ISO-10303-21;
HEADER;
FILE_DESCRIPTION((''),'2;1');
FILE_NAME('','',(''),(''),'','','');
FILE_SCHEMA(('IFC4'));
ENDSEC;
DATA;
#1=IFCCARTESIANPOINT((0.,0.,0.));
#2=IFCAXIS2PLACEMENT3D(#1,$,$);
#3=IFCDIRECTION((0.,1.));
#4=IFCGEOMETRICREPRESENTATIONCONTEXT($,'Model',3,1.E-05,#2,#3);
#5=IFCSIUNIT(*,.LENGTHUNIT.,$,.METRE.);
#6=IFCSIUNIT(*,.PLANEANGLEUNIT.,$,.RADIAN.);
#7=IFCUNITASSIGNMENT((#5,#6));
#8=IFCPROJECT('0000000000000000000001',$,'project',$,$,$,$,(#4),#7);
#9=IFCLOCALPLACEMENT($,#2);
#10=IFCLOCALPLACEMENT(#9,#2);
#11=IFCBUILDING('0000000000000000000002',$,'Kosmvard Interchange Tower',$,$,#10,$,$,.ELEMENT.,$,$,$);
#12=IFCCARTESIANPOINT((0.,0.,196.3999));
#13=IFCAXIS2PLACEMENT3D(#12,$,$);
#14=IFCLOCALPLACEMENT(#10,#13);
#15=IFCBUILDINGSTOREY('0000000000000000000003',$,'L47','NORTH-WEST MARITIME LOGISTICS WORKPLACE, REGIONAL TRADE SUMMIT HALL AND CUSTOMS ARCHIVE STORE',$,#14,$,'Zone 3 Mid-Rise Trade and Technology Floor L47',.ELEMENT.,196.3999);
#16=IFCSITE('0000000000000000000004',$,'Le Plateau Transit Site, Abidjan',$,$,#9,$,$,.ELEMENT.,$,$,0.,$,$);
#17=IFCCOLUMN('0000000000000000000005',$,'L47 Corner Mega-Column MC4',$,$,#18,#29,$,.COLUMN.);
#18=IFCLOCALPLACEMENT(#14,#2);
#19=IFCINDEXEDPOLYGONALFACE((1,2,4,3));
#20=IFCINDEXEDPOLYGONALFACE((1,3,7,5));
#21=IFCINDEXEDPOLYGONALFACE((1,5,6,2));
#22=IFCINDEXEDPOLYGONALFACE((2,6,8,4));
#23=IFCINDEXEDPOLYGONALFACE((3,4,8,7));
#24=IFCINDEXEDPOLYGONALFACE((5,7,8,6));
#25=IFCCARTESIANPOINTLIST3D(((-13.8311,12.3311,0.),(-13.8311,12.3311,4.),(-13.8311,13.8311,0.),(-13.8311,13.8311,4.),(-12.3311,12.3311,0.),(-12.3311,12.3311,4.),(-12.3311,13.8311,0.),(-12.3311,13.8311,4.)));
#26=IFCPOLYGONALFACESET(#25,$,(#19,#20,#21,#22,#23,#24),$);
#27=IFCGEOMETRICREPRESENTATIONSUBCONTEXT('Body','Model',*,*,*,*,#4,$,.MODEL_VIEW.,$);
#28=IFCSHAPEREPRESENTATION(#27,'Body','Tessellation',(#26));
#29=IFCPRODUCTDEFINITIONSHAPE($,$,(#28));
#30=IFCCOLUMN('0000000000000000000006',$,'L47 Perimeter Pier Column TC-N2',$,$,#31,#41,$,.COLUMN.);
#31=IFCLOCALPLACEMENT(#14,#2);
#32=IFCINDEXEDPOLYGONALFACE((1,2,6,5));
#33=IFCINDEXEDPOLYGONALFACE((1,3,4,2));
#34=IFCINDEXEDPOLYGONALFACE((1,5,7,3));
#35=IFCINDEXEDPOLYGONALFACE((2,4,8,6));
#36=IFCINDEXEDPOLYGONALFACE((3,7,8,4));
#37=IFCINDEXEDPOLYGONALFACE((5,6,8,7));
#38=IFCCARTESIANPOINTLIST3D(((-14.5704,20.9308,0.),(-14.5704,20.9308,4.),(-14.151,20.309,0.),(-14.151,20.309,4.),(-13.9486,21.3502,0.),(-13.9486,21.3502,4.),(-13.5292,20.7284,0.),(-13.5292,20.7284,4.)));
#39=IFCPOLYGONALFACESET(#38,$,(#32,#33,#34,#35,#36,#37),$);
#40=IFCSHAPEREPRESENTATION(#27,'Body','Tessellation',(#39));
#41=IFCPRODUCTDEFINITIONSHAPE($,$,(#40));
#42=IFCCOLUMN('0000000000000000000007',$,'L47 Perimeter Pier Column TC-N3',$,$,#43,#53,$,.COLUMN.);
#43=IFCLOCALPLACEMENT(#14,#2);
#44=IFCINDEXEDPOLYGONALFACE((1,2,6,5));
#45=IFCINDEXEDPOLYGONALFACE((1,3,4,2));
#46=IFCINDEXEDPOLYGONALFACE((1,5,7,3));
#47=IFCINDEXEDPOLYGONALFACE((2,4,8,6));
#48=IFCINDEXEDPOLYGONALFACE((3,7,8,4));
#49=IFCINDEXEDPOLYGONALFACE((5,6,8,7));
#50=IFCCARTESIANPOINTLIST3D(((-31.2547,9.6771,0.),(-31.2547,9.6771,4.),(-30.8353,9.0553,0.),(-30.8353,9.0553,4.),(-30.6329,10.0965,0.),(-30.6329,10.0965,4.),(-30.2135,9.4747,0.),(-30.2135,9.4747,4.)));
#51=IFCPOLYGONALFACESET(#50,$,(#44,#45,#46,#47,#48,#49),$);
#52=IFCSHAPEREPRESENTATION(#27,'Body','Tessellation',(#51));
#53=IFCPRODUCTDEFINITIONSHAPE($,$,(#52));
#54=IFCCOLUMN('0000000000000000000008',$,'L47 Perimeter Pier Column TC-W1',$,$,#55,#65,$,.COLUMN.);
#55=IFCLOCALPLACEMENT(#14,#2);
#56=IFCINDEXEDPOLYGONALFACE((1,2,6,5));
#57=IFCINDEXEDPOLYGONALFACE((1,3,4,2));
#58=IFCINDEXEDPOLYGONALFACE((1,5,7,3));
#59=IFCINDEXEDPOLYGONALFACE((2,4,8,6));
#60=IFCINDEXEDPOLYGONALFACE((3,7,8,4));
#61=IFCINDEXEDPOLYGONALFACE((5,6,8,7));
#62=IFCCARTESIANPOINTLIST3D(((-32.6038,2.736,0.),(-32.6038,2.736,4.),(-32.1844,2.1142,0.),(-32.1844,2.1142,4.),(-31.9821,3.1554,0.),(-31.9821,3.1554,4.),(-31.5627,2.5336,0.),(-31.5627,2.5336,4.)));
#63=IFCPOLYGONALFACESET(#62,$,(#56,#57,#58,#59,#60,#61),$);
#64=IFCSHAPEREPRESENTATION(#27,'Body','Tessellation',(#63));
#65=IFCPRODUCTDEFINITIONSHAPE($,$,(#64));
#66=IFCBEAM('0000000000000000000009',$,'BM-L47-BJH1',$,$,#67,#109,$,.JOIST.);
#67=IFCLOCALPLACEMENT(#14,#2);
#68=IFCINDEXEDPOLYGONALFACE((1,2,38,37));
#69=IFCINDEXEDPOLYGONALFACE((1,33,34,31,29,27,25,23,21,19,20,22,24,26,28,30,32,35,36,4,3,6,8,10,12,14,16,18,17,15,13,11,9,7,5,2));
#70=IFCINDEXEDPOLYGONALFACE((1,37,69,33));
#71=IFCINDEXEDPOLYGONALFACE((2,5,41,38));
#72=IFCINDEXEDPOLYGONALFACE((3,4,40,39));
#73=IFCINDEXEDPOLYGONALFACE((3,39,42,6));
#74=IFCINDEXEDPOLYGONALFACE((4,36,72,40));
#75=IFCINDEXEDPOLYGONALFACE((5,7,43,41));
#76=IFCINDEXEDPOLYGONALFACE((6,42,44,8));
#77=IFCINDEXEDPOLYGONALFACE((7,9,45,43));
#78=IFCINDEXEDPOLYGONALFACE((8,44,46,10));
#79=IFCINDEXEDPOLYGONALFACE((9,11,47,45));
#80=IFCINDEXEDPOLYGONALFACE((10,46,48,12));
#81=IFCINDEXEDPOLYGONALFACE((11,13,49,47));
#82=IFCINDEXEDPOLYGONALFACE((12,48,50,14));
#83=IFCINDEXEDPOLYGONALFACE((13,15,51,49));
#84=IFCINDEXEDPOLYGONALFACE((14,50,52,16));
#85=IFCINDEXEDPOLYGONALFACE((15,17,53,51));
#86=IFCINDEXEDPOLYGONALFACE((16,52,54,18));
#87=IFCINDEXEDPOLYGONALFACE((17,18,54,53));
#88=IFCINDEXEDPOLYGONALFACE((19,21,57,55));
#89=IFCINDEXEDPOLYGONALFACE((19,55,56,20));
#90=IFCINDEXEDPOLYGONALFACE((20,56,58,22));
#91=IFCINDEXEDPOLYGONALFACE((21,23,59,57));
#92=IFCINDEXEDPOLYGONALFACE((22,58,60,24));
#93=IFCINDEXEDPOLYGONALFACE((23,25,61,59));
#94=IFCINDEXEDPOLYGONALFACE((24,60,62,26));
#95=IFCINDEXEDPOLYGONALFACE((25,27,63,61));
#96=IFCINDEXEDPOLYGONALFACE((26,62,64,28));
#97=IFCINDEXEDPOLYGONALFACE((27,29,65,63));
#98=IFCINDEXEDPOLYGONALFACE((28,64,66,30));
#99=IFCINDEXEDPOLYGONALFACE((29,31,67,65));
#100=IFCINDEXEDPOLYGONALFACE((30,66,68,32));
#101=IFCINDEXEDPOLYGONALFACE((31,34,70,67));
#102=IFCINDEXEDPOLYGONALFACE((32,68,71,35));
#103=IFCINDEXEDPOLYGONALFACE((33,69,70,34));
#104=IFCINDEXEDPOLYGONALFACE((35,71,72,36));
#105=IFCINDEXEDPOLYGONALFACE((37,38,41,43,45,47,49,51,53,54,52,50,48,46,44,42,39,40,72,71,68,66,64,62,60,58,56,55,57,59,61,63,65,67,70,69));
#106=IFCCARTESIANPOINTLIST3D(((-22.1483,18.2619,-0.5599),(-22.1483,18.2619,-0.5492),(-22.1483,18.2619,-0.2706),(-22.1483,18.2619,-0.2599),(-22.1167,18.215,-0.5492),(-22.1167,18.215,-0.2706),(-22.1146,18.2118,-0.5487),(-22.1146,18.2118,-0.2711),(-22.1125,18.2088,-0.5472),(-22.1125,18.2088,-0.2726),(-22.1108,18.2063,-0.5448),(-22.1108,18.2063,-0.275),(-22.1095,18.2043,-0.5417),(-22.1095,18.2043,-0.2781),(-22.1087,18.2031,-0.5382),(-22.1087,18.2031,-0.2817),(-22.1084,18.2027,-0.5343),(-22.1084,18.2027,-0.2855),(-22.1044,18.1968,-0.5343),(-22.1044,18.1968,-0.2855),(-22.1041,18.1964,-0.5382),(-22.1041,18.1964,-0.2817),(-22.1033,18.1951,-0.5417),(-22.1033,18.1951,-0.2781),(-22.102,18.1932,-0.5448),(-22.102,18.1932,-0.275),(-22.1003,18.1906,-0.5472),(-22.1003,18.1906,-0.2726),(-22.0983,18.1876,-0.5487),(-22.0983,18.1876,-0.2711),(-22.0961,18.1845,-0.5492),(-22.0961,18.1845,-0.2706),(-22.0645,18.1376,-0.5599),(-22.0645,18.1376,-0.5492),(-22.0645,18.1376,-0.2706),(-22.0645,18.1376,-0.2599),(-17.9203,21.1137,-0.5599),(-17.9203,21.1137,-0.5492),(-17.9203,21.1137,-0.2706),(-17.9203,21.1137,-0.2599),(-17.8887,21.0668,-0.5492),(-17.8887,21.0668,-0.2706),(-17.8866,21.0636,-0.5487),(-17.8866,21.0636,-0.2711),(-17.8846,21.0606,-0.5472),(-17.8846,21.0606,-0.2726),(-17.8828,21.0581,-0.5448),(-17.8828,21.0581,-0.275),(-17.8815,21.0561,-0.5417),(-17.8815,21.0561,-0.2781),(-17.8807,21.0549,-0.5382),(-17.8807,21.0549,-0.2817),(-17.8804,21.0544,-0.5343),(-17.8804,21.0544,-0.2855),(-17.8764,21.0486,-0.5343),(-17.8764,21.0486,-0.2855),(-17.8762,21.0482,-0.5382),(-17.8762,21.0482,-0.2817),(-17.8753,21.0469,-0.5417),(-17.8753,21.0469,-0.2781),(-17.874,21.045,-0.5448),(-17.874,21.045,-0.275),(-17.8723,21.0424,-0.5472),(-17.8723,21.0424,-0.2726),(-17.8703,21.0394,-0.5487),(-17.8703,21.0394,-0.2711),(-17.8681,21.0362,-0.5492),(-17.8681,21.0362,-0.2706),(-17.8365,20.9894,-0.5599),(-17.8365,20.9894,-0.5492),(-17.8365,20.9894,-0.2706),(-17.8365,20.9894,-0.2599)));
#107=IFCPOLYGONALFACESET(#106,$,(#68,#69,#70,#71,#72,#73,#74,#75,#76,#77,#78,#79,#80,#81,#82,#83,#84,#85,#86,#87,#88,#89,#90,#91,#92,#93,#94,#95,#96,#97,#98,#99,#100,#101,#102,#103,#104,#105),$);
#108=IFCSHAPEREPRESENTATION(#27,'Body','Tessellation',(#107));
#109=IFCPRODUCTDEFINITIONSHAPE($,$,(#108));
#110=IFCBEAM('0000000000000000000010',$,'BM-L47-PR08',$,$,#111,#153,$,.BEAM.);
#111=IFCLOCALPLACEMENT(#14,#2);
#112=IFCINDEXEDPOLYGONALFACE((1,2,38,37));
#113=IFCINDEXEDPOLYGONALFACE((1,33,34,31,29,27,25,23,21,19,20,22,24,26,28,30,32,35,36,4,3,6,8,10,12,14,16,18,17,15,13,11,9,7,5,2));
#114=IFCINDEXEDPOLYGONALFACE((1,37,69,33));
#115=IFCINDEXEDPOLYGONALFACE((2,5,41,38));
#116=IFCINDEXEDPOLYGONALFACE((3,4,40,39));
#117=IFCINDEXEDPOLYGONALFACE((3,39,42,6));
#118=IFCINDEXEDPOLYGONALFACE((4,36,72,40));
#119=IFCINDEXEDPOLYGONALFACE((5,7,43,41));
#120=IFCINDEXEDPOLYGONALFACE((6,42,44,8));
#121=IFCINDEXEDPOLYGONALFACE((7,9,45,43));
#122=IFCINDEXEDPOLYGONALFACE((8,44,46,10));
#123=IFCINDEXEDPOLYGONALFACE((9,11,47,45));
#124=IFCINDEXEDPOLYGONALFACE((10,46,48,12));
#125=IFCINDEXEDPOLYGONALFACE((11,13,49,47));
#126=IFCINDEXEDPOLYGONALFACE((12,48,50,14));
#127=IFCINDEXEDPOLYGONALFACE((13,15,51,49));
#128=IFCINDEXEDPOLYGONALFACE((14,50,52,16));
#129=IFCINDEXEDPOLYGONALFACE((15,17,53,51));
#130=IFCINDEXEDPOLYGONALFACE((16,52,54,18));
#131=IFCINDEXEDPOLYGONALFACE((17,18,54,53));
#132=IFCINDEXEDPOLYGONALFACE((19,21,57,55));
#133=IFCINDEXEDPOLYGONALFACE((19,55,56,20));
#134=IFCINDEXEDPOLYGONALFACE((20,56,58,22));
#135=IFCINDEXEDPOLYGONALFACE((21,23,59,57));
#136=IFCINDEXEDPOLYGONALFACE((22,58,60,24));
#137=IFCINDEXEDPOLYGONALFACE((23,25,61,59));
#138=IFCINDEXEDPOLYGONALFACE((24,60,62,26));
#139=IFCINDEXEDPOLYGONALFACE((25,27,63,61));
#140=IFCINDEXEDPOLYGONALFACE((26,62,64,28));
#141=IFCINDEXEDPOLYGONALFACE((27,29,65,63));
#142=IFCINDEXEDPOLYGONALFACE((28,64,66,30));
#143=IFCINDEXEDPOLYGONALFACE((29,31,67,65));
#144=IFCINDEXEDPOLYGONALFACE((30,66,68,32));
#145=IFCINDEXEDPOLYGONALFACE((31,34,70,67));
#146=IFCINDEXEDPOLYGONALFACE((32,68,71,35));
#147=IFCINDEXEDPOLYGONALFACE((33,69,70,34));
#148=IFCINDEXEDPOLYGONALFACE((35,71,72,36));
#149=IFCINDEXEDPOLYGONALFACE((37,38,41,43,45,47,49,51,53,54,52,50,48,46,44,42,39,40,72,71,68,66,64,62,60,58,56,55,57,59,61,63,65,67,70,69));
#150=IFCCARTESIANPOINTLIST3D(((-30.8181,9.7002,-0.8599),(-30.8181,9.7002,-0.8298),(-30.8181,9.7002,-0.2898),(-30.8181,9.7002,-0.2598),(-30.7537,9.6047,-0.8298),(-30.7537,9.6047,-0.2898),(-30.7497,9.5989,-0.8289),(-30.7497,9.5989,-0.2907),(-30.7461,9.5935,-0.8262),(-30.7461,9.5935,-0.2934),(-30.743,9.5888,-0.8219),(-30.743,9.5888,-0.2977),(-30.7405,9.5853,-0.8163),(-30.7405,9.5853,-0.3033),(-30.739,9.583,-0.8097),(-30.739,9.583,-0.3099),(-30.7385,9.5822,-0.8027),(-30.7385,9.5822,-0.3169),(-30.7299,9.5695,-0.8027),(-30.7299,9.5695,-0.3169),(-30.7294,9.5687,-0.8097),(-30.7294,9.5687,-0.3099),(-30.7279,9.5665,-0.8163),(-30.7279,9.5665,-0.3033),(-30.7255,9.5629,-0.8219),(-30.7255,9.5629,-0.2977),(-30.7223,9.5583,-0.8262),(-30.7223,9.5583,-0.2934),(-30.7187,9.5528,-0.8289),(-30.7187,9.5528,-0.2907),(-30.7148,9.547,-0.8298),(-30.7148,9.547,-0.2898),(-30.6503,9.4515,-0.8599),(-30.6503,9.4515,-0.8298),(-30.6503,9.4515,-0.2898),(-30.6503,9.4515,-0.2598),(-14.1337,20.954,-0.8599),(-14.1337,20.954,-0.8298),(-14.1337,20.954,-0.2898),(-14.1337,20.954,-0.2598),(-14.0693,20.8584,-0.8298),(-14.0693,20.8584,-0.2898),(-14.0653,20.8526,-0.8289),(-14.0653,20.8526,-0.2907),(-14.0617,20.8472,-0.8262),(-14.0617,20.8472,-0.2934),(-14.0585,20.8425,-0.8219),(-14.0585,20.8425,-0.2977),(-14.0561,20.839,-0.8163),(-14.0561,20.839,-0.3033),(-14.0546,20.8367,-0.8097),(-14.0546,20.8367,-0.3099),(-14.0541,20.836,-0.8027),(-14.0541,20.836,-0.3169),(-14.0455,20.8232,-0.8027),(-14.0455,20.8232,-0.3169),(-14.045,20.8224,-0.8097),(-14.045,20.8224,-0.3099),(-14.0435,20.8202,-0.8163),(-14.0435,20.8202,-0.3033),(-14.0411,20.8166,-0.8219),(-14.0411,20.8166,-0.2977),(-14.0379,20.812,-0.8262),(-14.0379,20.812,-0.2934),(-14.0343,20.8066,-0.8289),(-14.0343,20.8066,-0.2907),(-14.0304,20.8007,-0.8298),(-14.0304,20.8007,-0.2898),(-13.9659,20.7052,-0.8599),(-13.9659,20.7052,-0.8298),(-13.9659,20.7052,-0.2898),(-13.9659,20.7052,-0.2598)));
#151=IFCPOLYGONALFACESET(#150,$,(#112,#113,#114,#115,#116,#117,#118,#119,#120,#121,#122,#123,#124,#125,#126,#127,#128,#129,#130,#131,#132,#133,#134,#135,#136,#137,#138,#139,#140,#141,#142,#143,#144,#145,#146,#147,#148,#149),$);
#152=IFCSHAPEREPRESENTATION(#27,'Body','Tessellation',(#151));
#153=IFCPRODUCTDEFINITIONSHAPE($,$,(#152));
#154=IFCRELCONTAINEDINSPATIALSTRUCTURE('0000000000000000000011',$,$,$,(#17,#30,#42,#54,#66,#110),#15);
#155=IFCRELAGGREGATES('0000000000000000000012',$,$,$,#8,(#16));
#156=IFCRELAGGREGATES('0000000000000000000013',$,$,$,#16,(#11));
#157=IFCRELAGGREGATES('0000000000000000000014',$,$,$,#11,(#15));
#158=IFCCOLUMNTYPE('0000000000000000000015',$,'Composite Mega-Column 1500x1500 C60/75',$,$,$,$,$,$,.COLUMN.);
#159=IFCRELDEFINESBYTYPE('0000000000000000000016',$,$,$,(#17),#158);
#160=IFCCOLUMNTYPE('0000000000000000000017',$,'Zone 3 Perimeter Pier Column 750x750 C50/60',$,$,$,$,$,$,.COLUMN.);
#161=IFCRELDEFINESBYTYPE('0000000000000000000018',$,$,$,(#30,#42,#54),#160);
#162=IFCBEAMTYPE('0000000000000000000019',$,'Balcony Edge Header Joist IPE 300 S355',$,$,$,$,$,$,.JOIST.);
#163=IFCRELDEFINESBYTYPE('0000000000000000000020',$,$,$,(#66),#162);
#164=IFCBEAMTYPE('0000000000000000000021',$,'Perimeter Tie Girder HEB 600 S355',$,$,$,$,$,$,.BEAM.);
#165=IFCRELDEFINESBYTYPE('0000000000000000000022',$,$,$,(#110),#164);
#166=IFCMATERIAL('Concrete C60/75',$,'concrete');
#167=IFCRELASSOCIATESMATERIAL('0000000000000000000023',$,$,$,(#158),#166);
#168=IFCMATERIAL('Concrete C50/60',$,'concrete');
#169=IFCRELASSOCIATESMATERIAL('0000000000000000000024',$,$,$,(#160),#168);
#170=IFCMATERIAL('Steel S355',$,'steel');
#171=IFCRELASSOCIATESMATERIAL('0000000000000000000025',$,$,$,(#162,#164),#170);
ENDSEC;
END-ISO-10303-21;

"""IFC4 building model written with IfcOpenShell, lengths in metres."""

from ifc_helpers import new_model, si_unit, direction, frame, origin, origin_2d, place, context, subcontext, project, spatial, rectangle, i_section, extrude, source, transform, mapped, material, material_profile, profile_set, type_object, element, save


model = new_model("IFC4")

# Units and contexts
model_context = context("Model", 3, precision=1e-05, world=origin(), true_north=direction((0.0, 1.0)))
body_context = subcontext(model_context, "Body", "Model", "MODEL_VIEW")
ifc_project = project(units=[si_unit("LENGTHUNIT", "METRE"), si_unit("PLANEANGLEUNIT", "RADIAN")], contexts=[model_context])

# Site, building, storey
site_placement = place(None, origin())
site = spatial("IfcSite", under=ifc_project, at=site_placement, Name="Le Plateau Transit Site, Abidjan", CompositionType="ELEMENT", RefElevation=0.0)
building_placement = place(site_placement, origin())
building = spatial("IfcBuilding", under=site, at=building_placement, Name="Kosmvard Interchange Tower", CompositionType="ELEMENT")
storey_placement = place(building_placement, frame((0.0, 0.0, 196.3999)))
storey = spatial("IfcBuildingStorey", under=building, at=storey_placement, Name="L47", Description="NORTH-WEST MARITIME LOGISTICS WORKPLACE, REGIONAL TRADE SUMMIT HALL AND CUSTOMS ARCHIVE STORE", LongName="Zone 3 Mid-Rise Trade and Technology Floor L47", CompositionType="ELEMENT", Elevation=196.3999)

# Columns
ifc_material_1 = material(Name="Concrete C60/75", Category="concrete")
ifc_material_profile_1 = material_profile(ifc_material_1, rectangle(XDim=1.5, YDim=1.5, at=origin_2d()), Name="MC 1500x1500")
ifc_profile_set_1 = profile_set([ifc_material_profile_1], Name="Concrete C60/75")
column_type_1 = type_object("IfcColumnType", Name="Composite Mega-Column 1500x1500 C60/75", PredefinedType="COLUMN", material=ifc_profile_set_1)
shared_shape_1 = source(origin(), body_context, "Body", "SweptSolid", [
    extrude(rectangle(XDim=1.5, YDim=1.5, at=origin_2d()), origin(), (0.0, 0.0, 1.0), 4.0),
])
column_placement = place(storey_placement, frame((-13.0811, 13.0811, 0.0), z_axis=(0.0, 0.0, 1.0), x_axis=(1.0, 0.0, 0.0)))
element("IfcColumn", 1, at=column_placement, inside=storey, type_object=column_type_1, Name="L47 Corner Mega-Column MC4", PredefinedType="COLUMN", context=body_context, shape_type="MappedRepresentation", body=[
    mapped(shared_shape_1, transform((0.0, 0.0, 0.0), scale=1.0)),
])
ifc_material_2 = material(Name="Concrete C50/60", Category="concrete")
ifc_material_profile_2 = material_profile(ifc_material_2, rectangle(XDim=0.75, YDim=0.75, at=origin_2d()), Name="TC 750x750")
ifc_profile_set_2 = profile_set([ifc_material_profile_2], Name="Concrete C50/60")
column_type_2 = type_object("IfcColumnType", Name="Zone 3 Perimeter Pier Column 750x750 C50/60", PredefinedType="COLUMN", material=ifc_profile_set_2)
shared_shape_2 = source(origin(), body_context, "Body", "SweptSolid", [
    extrude(rectangle(XDim=0.75, YDim=0.75, at=origin_2d()), origin(), (0.0, 0.0, 1.0), 4.0),
])
for number, where, z_axis, x_axis, name in (
    (2, (-14.0498, 20.8296, 0.0), (0.0, 0.0, 1.0), (0.829038, 0.559193, 0.0), "L47 Perimeter Pier Column TC-N2"),
    (3, (-30.7341, 9.5759, 0.0), (0.0, 0.0, 1.0), (0.829038, 0.559193, 0.0), "L47 Perimeter Pier Column TC-N3"),
    (4, (-32.0833, 2.6348, 0.0), (0.0, 0.0, 1.0), (0.829038, 0.559193, 0.0), "L47 Perimeter Pier Column TC-W1"),
):
    element("IfcColumn", number, at=place(storey_placement, frame(where, z_axis=z_axis, x_axis=x_axis)), inside=storey, type_object=column_type_2, Name=name, PredefinedType="COLUMN", context=body_context, shape_type="MappedRepresentation", body=[
        mapped(shared_shape_2, transform((0.0, 0.0, 0.0), scale=1.0)),
    ])

# Beams
ifc_material_3 = material(Name="Steel S355", Category="steel")
ifc_material_profile_3 = material_profile(ifc_material_3, i_section(OverallWidth=0.1499, OverallDepth=0.3, WebThickness=0.0071, FlangeThickness=0.0107, FilletRadius=0.0149, at=origin_2d()), Name="IPE 300")
ifc_profile_set_3 = profile_set([ifc_material_profile_3], Name="Steel S355")
beam_type_1 = type_object("IfcBeamType", Name="Balcony Edge Header Joist IPE 300 S355", PredefinedType="JOIST", material=ifc_profile_set_3)
shared_shape_3 = source(origin(), body_context, "Body", "SweptSolid", [
    extrude(i_section(OverallWidth=0.1499, OverallDepth=0.3, WebThickness=0.0071, FlangeThickness=0.0107, FilletRadius=0.0149, at=origin_2d()), origin(), (0.0, 0.0, 1.0), 5.0999),
])
beam_1_placement = place(storey_placement, frame((-17.8784, 21.0515, -0.4099), z_axis=(-0.829041, -0.559188, 0.0), x_axis=(0.559188, -0.829041, 0.0)))
element("IfcBeam", 5, at=beam_1_placement, inside=storey, type_object=beam_type_1, Name="BM-L47-BJH1", PredefinedType="JOIST", context=body_context, shape_type="MappedRepresentation", body=[
    mapped(shared_shape_3, transform((0.0, 0.0, 0.0), scale=1.0)),
])
ifc_material_profile_4 = material_profile(ifc_material_3, i_section(OverallWidth=0.3, OverallDepth=0.6001, WebThickness=0.0154, FlangeThickness=0.03, FilletRadius=0.0271, at=origin_2d()), Name="HEB 600")
ifc_profile_set_4 = profile_set([ifc_material_profile_4], Name="Steel S355")
beam_type_2 = type_object("IfcBeamType", Name="Perimeter Tie Girder HEB 600 S355", PredefinedType="BEAM", material=ifc_profile_set_4)
shared_shape_4 = source(origin(), body_context, "Body", "SweptSolid", [
    extrude(i_section(OverallWidth=0.3, OverallDepth=0.6001, WebThickness=0.0154, FlangeThickness=0.03, FilletRadius=0.0271, at=origin_2d()), origin(), (0.0, 0.0, 1.0), 20.125),
])
for number, where, z_axis, x_axis, name in (
    (6, (-14.0498, 20.8296, -0.5598), (-0.829039, -0.559191, 0.0), (0.559191, -0.829039, 0.0), "BM-L47-PR08"),
):
    element("IfcBeam", number, at=place(storey_placement, frame(where, z_axis=z_axis, x_axis=x_axis)), inside=storey, type_object=beam_type_2, Name=name, PredefinedType="BEAM", context=body_context, shape_type="MappedRepresentation", body=[
        mapped(shared_shape_4, transform((0.0, 0.0, 0.0), scale=1.0)),
    ])

save(model, "model.ifc")
